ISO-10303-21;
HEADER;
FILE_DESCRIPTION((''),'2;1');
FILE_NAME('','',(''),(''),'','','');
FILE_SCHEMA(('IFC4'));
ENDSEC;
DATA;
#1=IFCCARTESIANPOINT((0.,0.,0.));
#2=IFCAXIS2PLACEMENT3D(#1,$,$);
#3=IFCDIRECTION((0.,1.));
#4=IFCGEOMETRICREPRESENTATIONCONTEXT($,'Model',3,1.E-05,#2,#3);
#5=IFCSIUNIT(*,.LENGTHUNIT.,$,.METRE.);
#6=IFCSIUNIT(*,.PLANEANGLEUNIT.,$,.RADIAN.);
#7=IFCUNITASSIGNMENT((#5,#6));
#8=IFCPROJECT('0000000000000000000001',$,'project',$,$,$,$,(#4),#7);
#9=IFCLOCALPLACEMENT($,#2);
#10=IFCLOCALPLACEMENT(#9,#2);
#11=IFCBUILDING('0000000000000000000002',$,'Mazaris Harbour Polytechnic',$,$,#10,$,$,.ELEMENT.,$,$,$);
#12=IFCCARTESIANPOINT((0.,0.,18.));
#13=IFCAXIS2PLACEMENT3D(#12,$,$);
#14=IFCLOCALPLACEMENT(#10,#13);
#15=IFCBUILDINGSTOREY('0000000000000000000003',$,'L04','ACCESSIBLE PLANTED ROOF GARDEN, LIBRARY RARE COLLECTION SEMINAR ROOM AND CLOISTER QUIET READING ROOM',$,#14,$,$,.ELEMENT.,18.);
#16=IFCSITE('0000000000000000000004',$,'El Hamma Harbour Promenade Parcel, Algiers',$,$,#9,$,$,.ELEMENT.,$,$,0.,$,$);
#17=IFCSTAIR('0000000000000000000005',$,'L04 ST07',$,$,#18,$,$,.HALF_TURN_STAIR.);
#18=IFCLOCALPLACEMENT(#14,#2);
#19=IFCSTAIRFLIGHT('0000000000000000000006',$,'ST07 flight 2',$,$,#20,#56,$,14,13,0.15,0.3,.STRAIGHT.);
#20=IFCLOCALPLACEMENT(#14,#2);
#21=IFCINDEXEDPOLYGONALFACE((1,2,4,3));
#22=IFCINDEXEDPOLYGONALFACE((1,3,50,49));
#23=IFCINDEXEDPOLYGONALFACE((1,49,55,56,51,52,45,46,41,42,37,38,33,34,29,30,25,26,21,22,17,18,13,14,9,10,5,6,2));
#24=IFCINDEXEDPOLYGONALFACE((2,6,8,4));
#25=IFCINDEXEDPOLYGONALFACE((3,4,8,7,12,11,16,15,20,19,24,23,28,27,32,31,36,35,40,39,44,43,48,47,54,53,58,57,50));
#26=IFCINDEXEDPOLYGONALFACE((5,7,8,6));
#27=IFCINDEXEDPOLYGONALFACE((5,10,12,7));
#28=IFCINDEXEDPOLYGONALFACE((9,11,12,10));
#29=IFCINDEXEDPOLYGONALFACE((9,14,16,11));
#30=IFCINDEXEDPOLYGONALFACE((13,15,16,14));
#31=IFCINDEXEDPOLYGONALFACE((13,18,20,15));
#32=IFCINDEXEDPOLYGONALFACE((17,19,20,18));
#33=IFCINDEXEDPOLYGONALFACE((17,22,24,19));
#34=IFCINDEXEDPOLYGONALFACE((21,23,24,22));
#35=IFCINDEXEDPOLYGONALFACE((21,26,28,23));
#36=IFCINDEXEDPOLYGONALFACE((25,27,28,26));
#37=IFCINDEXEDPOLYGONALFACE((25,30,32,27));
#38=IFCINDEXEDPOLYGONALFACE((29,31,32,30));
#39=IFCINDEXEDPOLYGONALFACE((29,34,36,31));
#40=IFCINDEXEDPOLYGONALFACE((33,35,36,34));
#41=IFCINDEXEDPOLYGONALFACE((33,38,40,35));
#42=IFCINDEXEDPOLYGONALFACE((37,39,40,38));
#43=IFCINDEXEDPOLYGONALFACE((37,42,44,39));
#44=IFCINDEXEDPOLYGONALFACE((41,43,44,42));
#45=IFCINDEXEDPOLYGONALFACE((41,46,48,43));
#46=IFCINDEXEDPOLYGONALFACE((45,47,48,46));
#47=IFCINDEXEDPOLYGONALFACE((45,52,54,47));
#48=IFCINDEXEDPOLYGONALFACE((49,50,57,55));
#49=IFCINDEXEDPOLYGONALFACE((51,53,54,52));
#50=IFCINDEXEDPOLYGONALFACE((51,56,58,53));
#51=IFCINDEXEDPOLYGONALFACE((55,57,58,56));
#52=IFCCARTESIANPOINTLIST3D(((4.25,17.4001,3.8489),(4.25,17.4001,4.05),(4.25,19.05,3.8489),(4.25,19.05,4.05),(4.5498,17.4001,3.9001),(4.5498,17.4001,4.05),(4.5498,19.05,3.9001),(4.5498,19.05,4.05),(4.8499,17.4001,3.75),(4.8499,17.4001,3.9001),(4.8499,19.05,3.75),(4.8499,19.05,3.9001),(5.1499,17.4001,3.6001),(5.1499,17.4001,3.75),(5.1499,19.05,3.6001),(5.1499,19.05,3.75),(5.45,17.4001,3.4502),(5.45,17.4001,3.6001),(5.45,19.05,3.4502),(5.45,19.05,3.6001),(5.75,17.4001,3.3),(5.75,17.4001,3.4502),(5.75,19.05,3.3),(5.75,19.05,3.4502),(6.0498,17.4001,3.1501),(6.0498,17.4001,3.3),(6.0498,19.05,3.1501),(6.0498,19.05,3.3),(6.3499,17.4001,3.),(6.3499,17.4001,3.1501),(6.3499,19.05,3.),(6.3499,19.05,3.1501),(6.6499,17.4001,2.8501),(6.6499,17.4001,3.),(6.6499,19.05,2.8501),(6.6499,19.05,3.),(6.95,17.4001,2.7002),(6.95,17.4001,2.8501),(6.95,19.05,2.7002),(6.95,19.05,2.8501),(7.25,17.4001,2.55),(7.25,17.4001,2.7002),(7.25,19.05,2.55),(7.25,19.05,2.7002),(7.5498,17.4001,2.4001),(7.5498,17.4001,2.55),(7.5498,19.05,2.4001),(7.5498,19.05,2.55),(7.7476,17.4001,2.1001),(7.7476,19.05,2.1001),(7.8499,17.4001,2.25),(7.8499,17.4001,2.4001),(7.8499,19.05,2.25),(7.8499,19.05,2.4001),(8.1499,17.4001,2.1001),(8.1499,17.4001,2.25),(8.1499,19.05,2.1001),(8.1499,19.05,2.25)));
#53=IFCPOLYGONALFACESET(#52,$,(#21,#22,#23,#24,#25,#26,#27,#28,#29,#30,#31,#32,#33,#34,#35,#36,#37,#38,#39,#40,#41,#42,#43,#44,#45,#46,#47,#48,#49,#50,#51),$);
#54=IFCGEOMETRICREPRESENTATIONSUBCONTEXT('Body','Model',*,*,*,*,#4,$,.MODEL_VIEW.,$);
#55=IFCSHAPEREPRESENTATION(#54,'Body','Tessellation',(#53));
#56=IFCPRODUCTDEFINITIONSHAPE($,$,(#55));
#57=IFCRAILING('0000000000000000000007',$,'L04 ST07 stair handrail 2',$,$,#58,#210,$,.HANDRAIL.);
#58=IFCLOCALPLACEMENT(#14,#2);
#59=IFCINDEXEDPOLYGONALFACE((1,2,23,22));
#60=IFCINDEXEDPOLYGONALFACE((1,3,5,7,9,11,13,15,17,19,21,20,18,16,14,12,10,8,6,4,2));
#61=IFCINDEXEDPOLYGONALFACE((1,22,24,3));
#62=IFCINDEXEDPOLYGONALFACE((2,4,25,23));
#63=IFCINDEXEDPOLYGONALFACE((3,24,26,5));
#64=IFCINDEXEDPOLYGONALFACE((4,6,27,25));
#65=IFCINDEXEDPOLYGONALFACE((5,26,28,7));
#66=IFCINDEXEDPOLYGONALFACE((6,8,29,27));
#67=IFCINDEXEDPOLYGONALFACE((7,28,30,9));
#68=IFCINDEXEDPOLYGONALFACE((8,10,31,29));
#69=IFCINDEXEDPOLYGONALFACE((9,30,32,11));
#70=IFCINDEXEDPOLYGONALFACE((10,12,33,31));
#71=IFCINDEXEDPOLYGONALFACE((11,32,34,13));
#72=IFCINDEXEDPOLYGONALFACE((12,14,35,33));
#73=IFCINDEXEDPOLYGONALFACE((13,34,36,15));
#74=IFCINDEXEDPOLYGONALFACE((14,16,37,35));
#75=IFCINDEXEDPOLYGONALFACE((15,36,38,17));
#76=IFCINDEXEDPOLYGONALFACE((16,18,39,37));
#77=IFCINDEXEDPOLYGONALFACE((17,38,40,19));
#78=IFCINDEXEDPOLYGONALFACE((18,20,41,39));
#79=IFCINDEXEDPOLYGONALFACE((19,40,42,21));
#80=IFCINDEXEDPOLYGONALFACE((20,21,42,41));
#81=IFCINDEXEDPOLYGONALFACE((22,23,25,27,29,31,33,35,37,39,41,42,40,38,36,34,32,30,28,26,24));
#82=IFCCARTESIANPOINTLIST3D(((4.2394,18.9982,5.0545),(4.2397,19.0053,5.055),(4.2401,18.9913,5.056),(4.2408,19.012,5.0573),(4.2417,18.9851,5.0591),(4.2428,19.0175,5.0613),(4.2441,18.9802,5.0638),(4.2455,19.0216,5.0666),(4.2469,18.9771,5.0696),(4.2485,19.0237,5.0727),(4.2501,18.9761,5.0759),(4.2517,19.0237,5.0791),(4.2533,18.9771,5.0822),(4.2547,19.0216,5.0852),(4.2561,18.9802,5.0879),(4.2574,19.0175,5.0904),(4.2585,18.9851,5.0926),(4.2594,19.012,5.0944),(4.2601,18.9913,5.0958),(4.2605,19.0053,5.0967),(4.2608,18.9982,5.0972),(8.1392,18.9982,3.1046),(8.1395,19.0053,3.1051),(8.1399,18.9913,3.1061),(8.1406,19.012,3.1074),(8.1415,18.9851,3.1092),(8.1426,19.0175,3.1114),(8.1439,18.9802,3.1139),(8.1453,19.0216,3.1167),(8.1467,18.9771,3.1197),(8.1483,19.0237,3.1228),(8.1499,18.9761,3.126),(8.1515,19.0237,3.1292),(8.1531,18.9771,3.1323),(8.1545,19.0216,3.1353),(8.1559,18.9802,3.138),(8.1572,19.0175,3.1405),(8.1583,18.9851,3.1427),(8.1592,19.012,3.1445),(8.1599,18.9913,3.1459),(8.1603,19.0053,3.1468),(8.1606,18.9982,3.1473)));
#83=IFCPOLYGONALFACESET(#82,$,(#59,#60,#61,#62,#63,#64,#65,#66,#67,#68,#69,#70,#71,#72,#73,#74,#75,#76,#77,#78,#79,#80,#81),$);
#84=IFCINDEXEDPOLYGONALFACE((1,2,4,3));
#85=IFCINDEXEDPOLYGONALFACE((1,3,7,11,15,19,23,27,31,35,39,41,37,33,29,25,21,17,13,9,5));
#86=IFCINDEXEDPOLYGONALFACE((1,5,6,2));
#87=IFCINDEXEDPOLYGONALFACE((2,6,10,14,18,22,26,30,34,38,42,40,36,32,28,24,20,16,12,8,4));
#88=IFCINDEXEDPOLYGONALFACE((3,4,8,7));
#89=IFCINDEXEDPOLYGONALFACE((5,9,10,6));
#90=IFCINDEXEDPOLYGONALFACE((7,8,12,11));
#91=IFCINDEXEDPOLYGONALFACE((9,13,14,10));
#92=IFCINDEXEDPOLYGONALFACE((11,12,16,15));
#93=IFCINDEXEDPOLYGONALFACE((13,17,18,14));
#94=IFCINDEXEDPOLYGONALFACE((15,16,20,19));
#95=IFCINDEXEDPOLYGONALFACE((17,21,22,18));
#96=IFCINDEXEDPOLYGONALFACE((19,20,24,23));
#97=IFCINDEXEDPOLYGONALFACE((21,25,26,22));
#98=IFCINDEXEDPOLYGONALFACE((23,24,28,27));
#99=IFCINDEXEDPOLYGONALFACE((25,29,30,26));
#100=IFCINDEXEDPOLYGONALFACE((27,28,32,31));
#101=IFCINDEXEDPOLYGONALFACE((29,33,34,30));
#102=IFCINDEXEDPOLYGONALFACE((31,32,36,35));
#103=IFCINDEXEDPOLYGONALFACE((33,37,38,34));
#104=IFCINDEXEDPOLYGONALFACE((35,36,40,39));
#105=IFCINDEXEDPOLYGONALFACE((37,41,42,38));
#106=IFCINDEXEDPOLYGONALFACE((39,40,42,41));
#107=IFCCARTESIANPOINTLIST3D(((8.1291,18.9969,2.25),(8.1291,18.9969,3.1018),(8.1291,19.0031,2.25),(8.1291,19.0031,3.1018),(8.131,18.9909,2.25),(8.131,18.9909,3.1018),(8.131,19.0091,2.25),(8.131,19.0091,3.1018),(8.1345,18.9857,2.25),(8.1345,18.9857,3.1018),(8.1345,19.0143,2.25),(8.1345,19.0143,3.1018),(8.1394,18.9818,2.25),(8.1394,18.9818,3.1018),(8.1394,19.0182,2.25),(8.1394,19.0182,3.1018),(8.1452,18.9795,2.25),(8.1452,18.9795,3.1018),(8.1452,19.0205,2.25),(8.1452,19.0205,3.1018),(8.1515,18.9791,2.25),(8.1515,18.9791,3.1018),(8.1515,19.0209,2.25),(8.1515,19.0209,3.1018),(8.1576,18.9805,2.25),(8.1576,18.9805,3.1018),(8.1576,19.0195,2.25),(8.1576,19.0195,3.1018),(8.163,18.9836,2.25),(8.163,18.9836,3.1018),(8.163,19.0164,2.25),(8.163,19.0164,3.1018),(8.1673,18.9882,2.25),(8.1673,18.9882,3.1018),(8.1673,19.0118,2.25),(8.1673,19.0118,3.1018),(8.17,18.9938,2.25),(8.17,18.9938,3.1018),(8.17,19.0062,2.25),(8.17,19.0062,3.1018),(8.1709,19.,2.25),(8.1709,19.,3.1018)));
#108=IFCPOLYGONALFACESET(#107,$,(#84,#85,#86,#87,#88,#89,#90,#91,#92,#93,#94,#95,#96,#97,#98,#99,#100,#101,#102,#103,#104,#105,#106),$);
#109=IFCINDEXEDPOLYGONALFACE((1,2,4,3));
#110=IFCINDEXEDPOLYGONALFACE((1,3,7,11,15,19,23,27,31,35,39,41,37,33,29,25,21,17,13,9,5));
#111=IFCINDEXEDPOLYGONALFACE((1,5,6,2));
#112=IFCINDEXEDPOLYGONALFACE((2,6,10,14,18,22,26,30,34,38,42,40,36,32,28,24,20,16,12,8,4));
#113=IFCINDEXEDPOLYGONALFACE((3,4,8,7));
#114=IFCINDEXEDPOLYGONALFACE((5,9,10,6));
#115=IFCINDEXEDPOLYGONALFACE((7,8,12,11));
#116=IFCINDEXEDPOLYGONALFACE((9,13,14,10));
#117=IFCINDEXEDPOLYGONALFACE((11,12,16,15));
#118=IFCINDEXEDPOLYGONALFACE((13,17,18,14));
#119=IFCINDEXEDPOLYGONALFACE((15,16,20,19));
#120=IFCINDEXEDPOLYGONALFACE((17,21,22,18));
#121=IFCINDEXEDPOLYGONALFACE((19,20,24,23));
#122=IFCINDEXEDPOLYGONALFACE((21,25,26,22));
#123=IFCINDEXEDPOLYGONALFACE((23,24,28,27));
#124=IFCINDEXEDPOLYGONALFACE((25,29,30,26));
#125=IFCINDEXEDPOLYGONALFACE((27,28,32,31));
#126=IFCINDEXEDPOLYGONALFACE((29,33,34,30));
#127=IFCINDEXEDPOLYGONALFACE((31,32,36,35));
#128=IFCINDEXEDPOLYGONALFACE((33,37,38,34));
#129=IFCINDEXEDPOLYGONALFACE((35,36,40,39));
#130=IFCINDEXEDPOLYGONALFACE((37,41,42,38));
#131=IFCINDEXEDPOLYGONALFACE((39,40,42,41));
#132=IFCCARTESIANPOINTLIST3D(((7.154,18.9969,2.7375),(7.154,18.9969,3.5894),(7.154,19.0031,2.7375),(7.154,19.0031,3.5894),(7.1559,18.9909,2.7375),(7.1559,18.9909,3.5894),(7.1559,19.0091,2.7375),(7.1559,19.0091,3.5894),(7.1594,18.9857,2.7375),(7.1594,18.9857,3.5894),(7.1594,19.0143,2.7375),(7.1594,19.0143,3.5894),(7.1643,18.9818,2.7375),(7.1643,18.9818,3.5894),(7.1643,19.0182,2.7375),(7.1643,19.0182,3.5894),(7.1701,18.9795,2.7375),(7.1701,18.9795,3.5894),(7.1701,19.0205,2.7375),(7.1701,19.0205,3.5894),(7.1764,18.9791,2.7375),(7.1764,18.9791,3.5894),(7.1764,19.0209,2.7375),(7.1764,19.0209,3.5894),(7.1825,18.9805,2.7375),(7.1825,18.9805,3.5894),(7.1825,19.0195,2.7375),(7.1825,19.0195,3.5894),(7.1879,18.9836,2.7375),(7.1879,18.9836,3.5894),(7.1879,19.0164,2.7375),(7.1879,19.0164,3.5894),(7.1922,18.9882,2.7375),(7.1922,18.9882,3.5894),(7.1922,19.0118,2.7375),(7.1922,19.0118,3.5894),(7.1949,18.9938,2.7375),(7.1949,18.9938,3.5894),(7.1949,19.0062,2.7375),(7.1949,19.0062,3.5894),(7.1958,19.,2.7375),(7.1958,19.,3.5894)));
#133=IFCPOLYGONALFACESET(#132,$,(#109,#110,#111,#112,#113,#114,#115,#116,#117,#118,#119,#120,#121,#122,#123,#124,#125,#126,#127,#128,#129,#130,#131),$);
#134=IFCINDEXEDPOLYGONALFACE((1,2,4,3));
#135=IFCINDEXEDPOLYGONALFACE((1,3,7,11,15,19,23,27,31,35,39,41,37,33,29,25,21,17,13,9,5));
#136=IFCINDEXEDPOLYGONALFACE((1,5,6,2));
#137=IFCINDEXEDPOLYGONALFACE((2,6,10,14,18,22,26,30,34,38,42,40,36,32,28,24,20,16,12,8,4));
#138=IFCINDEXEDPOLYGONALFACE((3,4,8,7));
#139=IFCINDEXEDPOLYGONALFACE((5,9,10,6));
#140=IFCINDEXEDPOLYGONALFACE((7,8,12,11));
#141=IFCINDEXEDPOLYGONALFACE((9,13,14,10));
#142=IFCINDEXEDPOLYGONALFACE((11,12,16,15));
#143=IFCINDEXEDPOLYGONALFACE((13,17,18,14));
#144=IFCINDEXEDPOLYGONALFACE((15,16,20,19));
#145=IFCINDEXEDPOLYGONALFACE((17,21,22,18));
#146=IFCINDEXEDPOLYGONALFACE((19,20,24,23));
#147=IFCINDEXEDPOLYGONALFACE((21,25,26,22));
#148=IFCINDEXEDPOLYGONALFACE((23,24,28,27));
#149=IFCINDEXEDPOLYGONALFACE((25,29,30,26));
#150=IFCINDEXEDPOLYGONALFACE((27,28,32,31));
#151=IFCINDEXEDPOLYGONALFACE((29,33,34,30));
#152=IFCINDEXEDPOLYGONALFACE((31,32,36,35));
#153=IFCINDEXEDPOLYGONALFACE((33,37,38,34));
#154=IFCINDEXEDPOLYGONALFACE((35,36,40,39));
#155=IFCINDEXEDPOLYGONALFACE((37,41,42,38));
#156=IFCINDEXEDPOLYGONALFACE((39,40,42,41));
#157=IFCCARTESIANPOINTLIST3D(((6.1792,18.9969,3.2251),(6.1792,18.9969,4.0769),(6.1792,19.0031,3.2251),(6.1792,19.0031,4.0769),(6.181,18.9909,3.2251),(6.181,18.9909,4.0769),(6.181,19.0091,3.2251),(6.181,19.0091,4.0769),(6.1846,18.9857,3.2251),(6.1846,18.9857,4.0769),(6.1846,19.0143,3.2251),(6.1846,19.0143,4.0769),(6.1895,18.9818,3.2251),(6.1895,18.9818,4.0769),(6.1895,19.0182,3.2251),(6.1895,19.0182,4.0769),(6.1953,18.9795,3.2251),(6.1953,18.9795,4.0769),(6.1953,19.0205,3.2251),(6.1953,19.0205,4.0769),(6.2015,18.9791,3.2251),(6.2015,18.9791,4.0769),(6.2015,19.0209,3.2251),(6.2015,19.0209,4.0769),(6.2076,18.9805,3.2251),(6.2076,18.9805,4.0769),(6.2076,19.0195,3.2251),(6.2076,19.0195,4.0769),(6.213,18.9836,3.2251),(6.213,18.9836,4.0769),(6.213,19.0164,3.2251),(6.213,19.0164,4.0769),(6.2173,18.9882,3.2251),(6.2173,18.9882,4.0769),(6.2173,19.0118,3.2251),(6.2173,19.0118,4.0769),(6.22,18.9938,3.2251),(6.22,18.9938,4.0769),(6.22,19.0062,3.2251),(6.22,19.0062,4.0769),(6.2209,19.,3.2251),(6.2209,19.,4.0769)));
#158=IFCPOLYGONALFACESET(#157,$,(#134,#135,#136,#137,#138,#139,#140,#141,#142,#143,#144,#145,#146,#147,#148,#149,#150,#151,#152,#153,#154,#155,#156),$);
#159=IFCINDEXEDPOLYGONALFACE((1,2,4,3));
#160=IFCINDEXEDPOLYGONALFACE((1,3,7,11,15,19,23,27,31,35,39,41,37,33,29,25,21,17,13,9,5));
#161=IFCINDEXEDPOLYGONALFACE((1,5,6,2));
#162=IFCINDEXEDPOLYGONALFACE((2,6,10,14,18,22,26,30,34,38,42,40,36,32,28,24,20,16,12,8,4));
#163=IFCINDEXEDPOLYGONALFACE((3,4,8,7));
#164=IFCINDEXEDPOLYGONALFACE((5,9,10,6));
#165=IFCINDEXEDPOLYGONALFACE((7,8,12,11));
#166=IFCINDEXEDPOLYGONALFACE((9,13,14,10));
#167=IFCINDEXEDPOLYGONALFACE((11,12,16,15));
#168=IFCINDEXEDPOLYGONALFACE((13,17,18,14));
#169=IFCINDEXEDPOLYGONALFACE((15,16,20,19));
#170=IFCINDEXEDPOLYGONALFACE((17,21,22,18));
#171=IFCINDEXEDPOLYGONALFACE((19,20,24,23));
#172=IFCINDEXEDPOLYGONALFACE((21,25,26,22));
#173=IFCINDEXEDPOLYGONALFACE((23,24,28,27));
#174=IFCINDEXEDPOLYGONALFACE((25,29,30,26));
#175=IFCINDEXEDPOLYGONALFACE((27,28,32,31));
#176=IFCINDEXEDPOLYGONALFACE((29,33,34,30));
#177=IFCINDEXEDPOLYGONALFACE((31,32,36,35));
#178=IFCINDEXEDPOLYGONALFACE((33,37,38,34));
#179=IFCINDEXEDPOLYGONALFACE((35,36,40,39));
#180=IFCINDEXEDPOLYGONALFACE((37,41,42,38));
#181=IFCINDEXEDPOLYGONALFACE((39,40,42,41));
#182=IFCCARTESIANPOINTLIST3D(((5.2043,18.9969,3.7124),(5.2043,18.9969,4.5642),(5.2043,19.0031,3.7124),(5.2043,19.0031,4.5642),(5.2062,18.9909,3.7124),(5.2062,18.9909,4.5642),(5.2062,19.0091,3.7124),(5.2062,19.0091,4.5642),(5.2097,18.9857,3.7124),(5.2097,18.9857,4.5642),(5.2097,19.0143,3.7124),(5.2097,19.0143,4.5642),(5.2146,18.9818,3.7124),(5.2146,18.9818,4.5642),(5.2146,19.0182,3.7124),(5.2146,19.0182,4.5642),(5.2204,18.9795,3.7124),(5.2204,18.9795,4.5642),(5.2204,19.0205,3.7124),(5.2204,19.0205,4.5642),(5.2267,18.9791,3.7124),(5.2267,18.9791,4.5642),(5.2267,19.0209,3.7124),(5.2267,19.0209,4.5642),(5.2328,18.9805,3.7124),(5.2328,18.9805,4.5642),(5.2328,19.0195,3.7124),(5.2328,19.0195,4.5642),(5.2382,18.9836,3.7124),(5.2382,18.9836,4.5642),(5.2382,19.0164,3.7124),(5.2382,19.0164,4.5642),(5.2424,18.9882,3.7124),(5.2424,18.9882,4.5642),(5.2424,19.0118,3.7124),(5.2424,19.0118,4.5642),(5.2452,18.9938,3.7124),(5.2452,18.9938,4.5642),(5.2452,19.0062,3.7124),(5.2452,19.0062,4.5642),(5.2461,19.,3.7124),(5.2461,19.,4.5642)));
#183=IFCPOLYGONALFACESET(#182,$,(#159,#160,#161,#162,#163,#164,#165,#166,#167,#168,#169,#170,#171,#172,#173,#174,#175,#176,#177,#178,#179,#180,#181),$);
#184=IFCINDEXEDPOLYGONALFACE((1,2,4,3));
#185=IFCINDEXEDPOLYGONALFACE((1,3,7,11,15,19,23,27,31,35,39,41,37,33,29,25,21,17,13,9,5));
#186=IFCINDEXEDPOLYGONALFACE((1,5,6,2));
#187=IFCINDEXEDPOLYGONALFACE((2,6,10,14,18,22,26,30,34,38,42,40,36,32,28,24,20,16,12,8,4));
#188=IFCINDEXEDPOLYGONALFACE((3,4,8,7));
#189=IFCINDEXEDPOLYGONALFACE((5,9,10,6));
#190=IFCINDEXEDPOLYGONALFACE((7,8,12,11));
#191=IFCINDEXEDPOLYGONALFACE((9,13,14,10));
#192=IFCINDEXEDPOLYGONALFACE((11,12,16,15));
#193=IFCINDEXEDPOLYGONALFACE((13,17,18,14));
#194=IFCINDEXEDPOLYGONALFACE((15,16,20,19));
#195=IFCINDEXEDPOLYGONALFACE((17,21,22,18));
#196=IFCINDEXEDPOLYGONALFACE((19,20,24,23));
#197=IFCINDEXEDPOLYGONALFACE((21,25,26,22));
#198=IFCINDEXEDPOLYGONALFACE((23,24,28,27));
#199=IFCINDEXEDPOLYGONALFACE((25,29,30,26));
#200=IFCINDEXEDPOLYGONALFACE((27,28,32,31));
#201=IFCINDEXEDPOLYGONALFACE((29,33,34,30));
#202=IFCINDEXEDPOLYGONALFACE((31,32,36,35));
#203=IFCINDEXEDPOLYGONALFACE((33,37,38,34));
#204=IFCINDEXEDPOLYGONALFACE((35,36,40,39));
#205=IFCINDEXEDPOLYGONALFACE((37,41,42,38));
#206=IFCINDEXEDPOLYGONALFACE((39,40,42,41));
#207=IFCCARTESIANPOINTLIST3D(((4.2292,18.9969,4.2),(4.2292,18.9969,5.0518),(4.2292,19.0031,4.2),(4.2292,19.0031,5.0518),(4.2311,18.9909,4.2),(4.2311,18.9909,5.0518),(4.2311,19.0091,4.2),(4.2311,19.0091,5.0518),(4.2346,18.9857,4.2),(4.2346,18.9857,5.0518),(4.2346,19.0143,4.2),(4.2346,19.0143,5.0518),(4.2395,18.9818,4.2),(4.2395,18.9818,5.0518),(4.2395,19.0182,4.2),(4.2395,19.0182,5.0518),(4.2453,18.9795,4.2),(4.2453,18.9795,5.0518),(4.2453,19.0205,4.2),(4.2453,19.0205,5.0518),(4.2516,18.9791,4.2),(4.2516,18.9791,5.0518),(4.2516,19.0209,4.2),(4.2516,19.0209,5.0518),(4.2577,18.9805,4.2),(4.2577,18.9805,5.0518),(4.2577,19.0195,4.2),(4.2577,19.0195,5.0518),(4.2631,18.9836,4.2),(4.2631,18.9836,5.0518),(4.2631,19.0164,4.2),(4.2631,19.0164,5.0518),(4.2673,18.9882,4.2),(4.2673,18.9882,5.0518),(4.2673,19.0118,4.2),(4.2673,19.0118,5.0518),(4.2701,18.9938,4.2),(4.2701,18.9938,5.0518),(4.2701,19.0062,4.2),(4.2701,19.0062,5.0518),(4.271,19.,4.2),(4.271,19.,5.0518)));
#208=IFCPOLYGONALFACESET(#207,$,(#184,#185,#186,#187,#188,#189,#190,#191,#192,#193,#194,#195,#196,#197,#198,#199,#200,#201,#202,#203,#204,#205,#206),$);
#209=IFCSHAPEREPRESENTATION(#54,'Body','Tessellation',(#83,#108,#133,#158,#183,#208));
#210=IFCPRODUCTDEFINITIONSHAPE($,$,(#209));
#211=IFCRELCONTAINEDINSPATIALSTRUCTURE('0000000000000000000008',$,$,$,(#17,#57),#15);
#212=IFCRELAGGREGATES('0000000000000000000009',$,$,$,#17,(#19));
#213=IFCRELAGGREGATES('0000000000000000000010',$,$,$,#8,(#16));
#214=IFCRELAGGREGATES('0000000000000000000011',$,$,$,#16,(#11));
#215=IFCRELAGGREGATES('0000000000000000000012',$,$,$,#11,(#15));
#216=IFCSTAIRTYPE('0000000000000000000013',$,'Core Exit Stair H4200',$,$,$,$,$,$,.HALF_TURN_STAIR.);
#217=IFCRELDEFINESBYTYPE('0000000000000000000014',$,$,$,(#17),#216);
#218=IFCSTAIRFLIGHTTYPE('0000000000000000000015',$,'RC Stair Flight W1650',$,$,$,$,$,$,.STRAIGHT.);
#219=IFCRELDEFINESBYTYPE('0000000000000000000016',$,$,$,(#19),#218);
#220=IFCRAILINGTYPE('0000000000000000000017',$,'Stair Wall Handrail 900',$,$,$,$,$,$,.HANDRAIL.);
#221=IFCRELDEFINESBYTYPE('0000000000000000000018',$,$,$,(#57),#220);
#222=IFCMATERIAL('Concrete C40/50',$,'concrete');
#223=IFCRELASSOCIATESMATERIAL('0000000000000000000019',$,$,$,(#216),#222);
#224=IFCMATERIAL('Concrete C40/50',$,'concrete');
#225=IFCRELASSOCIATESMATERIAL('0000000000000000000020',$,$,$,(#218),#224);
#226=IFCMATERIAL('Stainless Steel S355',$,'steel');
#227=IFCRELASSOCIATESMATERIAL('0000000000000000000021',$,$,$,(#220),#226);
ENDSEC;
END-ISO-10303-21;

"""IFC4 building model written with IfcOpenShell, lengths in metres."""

from ifc_helpers import new_model, si_unit, direction, frame, origin, origin_2d, place, context, subcontext, project, spatial, polyline, circle, outline, extrude, material, type_object, element, aggregate, save


model = new_model("IFC4")

# Units and contexts
model_context = context("Model", 3, precision=1e-05, world=origin(), true_north=direction((0.0, 1.0)))
body_context = subcontext(model_context, "Body", "Model", "MODEL_VIEW")
ifc_project = project(units=[si_unit("LENGTHUNIT", "METRE"), si_unit("PLANEANGLEUNIT", "RADIAN")], contexts=[model_context])

# Site, building, storey
site_placement = place(None, origin())
site = spatial("IfcSite", under=ifc_project, at=site_placement, Name="El Hamma Harbour Promenade Parcel, Algiers", CompositionType="ELEMENT", RefElevation=0.0)
building_placement = place(site_placement, origin())
building = spatial("IfcBuilding", under=site, at=building_placement, Name="Mazaris Harbour Polytechnic", CompositionType="ELEMENT")
storey_placement = place(building_placement, frame((0.0, 0.0, 18.0)))
storey = spatial("IfcBuildingStorey", under=building, at=storey_placement, Name="L04", Description="ACCESSIBLE PLANTED ROOF GARDEN, LIBRARY RARE COLLECTION SEMINAR ROOM AND CLOISTER QUIET READING ROOM", CompositionType="ELEMENT", Elevation=18.0)

# Stair, stair flight
ifc_material_1 = material(Name="Concrete C40/50", Category="concrete")
stair_type = type_object("IfcStairType", Name="Core Exit Stair H4200", PredefinedType="HALF_TURN_STAIR", material=ifc_material_1)
stair_placement = place(storey_placement, origin())
stair = element("IfcStair", 1, at=stair_placement, inside=storey, type_object=stair_type, Name="L04 ST07", PredefinedType="HALF_TURN_STAIR")
ifc_material_2 = material(Name="Concrete C40/50", Category="concrete")
stair_flight_type = type_object("IfcStairFlightType", Name="RC Stair Flight W1650", PredefinedType="STRAIGHT", material=ifc_material_2)
stair_flight_placement = place(storey_placement, frame((8.1499, 18.2251, 2.1001), z_axis=(0.0, 0.0, 1.0), x_axis=(-1.0, 0.0, 0.0)))
stair_flight = element("IfcStairFlight", 2, at=stair_flight_placement, type_object=stair_flight_type, Name="ST07 flight 2", NumberOfRisers=14, NumberOfTreads=13, PredefinedType="STRAIGHT", RiserHeight=0.15, TreadLength=0.3, context=body_context, shape_type="SweptSolid", body=[
    extrude(outline(polyline([(0.0, 0.0), (0.0, 0.1499), (0.3, 0.1499), (0.3, 0.3), (0.6001, 0.3), (0.6001, 0.45), (0.8999, 0.45), (0.8999, 0.6001), (1.2, 0.6001), (1.2, 0.75), (1.5, 0.75), (1.5, 0.8999), (1.8, 0.8999), (1.8, 1.05), (2.1001, 1.05), (2.1001, 1.2), (2.3999, 1.2), (2.3999, 1.3501), (2.7, 1.3501), (2.7, 1.5), (3.0, 1.5), (3.0, 1.6499), (3.3, 1.6499), (3.3, 1.8), (3.6001, 1.8), (3.6001, 1.95), (3.8999, 1.95), (3.8999, 2.1001), (3.8999, 1.7488), (0.4023, 0.0), (0.0, 0.0)])), frame((0.0, 0.825, 0.0), z_axis=(0.0, -1.0, 0.0), x_axis=(1.0, 0.0, 0.0)), (0.0, 0.0, 1.0), 1.6499),
])
aggregate(stair, [stair_flight])

# Railing
ifc_material_3 = material(Name="Stainless Steel S355", Category="steel")
railing_type_1 = type_object("IfcRailingType", Name="Stair Wall Handrail 900", PredefinedType="HANDRAIL", material=ifc_material_3)
railing_1_placement = place(storey_placement, frame((8.1499, 19.0, 2.25)))
element("IfcRailing", 3, at=railing_1_placement, inside=storey, type_object=railing_type_1, Name="L04 ST07 stair handrail 2", PredefinedType="HANDRAIL", context=body_context, shape_type="SweptSolid", body=[
    extrude(circle(Radius=0.0239, at=origin_2d()), frame((0.0, 0.0, 0.876), z_axis=(-0.894427, 0.0, 0.447214), x_axis=(0.0, -1.0, 0.0)), (0.0, 0.0, 1.0), 4.3601),
    extrude(circle(Radius=0.021, at=origin_2d()), origin(), (0.0, 0.0, 1.0), 0.8518),
    extrude(circle(Radius=0.021, at=origin_2d()), frame((-0.9751, 0.0, 0.4875)), (0.0, 0.0, 1.0), 0.8518),
    extrude(circle(Radius=0.021, at=origin_2d()), frame((-1.95, 0.0, 0.9751)), (0.0, 0.0, 1.0), 0.8518),
    extrude(circle(Radius=0.021, at=origin_2d()), frame((-2.9248, 0.0, 1.4624)), (0.0, 0.0, 1.0), 0.8518),
    extrude(circle(Radius=0.021, at=origin_2d()), frame((-3.8999, 0.0, 1.95)), (0.0, 0.0, 1.0), 0.8518),
])

save(model, "model.ifc")
